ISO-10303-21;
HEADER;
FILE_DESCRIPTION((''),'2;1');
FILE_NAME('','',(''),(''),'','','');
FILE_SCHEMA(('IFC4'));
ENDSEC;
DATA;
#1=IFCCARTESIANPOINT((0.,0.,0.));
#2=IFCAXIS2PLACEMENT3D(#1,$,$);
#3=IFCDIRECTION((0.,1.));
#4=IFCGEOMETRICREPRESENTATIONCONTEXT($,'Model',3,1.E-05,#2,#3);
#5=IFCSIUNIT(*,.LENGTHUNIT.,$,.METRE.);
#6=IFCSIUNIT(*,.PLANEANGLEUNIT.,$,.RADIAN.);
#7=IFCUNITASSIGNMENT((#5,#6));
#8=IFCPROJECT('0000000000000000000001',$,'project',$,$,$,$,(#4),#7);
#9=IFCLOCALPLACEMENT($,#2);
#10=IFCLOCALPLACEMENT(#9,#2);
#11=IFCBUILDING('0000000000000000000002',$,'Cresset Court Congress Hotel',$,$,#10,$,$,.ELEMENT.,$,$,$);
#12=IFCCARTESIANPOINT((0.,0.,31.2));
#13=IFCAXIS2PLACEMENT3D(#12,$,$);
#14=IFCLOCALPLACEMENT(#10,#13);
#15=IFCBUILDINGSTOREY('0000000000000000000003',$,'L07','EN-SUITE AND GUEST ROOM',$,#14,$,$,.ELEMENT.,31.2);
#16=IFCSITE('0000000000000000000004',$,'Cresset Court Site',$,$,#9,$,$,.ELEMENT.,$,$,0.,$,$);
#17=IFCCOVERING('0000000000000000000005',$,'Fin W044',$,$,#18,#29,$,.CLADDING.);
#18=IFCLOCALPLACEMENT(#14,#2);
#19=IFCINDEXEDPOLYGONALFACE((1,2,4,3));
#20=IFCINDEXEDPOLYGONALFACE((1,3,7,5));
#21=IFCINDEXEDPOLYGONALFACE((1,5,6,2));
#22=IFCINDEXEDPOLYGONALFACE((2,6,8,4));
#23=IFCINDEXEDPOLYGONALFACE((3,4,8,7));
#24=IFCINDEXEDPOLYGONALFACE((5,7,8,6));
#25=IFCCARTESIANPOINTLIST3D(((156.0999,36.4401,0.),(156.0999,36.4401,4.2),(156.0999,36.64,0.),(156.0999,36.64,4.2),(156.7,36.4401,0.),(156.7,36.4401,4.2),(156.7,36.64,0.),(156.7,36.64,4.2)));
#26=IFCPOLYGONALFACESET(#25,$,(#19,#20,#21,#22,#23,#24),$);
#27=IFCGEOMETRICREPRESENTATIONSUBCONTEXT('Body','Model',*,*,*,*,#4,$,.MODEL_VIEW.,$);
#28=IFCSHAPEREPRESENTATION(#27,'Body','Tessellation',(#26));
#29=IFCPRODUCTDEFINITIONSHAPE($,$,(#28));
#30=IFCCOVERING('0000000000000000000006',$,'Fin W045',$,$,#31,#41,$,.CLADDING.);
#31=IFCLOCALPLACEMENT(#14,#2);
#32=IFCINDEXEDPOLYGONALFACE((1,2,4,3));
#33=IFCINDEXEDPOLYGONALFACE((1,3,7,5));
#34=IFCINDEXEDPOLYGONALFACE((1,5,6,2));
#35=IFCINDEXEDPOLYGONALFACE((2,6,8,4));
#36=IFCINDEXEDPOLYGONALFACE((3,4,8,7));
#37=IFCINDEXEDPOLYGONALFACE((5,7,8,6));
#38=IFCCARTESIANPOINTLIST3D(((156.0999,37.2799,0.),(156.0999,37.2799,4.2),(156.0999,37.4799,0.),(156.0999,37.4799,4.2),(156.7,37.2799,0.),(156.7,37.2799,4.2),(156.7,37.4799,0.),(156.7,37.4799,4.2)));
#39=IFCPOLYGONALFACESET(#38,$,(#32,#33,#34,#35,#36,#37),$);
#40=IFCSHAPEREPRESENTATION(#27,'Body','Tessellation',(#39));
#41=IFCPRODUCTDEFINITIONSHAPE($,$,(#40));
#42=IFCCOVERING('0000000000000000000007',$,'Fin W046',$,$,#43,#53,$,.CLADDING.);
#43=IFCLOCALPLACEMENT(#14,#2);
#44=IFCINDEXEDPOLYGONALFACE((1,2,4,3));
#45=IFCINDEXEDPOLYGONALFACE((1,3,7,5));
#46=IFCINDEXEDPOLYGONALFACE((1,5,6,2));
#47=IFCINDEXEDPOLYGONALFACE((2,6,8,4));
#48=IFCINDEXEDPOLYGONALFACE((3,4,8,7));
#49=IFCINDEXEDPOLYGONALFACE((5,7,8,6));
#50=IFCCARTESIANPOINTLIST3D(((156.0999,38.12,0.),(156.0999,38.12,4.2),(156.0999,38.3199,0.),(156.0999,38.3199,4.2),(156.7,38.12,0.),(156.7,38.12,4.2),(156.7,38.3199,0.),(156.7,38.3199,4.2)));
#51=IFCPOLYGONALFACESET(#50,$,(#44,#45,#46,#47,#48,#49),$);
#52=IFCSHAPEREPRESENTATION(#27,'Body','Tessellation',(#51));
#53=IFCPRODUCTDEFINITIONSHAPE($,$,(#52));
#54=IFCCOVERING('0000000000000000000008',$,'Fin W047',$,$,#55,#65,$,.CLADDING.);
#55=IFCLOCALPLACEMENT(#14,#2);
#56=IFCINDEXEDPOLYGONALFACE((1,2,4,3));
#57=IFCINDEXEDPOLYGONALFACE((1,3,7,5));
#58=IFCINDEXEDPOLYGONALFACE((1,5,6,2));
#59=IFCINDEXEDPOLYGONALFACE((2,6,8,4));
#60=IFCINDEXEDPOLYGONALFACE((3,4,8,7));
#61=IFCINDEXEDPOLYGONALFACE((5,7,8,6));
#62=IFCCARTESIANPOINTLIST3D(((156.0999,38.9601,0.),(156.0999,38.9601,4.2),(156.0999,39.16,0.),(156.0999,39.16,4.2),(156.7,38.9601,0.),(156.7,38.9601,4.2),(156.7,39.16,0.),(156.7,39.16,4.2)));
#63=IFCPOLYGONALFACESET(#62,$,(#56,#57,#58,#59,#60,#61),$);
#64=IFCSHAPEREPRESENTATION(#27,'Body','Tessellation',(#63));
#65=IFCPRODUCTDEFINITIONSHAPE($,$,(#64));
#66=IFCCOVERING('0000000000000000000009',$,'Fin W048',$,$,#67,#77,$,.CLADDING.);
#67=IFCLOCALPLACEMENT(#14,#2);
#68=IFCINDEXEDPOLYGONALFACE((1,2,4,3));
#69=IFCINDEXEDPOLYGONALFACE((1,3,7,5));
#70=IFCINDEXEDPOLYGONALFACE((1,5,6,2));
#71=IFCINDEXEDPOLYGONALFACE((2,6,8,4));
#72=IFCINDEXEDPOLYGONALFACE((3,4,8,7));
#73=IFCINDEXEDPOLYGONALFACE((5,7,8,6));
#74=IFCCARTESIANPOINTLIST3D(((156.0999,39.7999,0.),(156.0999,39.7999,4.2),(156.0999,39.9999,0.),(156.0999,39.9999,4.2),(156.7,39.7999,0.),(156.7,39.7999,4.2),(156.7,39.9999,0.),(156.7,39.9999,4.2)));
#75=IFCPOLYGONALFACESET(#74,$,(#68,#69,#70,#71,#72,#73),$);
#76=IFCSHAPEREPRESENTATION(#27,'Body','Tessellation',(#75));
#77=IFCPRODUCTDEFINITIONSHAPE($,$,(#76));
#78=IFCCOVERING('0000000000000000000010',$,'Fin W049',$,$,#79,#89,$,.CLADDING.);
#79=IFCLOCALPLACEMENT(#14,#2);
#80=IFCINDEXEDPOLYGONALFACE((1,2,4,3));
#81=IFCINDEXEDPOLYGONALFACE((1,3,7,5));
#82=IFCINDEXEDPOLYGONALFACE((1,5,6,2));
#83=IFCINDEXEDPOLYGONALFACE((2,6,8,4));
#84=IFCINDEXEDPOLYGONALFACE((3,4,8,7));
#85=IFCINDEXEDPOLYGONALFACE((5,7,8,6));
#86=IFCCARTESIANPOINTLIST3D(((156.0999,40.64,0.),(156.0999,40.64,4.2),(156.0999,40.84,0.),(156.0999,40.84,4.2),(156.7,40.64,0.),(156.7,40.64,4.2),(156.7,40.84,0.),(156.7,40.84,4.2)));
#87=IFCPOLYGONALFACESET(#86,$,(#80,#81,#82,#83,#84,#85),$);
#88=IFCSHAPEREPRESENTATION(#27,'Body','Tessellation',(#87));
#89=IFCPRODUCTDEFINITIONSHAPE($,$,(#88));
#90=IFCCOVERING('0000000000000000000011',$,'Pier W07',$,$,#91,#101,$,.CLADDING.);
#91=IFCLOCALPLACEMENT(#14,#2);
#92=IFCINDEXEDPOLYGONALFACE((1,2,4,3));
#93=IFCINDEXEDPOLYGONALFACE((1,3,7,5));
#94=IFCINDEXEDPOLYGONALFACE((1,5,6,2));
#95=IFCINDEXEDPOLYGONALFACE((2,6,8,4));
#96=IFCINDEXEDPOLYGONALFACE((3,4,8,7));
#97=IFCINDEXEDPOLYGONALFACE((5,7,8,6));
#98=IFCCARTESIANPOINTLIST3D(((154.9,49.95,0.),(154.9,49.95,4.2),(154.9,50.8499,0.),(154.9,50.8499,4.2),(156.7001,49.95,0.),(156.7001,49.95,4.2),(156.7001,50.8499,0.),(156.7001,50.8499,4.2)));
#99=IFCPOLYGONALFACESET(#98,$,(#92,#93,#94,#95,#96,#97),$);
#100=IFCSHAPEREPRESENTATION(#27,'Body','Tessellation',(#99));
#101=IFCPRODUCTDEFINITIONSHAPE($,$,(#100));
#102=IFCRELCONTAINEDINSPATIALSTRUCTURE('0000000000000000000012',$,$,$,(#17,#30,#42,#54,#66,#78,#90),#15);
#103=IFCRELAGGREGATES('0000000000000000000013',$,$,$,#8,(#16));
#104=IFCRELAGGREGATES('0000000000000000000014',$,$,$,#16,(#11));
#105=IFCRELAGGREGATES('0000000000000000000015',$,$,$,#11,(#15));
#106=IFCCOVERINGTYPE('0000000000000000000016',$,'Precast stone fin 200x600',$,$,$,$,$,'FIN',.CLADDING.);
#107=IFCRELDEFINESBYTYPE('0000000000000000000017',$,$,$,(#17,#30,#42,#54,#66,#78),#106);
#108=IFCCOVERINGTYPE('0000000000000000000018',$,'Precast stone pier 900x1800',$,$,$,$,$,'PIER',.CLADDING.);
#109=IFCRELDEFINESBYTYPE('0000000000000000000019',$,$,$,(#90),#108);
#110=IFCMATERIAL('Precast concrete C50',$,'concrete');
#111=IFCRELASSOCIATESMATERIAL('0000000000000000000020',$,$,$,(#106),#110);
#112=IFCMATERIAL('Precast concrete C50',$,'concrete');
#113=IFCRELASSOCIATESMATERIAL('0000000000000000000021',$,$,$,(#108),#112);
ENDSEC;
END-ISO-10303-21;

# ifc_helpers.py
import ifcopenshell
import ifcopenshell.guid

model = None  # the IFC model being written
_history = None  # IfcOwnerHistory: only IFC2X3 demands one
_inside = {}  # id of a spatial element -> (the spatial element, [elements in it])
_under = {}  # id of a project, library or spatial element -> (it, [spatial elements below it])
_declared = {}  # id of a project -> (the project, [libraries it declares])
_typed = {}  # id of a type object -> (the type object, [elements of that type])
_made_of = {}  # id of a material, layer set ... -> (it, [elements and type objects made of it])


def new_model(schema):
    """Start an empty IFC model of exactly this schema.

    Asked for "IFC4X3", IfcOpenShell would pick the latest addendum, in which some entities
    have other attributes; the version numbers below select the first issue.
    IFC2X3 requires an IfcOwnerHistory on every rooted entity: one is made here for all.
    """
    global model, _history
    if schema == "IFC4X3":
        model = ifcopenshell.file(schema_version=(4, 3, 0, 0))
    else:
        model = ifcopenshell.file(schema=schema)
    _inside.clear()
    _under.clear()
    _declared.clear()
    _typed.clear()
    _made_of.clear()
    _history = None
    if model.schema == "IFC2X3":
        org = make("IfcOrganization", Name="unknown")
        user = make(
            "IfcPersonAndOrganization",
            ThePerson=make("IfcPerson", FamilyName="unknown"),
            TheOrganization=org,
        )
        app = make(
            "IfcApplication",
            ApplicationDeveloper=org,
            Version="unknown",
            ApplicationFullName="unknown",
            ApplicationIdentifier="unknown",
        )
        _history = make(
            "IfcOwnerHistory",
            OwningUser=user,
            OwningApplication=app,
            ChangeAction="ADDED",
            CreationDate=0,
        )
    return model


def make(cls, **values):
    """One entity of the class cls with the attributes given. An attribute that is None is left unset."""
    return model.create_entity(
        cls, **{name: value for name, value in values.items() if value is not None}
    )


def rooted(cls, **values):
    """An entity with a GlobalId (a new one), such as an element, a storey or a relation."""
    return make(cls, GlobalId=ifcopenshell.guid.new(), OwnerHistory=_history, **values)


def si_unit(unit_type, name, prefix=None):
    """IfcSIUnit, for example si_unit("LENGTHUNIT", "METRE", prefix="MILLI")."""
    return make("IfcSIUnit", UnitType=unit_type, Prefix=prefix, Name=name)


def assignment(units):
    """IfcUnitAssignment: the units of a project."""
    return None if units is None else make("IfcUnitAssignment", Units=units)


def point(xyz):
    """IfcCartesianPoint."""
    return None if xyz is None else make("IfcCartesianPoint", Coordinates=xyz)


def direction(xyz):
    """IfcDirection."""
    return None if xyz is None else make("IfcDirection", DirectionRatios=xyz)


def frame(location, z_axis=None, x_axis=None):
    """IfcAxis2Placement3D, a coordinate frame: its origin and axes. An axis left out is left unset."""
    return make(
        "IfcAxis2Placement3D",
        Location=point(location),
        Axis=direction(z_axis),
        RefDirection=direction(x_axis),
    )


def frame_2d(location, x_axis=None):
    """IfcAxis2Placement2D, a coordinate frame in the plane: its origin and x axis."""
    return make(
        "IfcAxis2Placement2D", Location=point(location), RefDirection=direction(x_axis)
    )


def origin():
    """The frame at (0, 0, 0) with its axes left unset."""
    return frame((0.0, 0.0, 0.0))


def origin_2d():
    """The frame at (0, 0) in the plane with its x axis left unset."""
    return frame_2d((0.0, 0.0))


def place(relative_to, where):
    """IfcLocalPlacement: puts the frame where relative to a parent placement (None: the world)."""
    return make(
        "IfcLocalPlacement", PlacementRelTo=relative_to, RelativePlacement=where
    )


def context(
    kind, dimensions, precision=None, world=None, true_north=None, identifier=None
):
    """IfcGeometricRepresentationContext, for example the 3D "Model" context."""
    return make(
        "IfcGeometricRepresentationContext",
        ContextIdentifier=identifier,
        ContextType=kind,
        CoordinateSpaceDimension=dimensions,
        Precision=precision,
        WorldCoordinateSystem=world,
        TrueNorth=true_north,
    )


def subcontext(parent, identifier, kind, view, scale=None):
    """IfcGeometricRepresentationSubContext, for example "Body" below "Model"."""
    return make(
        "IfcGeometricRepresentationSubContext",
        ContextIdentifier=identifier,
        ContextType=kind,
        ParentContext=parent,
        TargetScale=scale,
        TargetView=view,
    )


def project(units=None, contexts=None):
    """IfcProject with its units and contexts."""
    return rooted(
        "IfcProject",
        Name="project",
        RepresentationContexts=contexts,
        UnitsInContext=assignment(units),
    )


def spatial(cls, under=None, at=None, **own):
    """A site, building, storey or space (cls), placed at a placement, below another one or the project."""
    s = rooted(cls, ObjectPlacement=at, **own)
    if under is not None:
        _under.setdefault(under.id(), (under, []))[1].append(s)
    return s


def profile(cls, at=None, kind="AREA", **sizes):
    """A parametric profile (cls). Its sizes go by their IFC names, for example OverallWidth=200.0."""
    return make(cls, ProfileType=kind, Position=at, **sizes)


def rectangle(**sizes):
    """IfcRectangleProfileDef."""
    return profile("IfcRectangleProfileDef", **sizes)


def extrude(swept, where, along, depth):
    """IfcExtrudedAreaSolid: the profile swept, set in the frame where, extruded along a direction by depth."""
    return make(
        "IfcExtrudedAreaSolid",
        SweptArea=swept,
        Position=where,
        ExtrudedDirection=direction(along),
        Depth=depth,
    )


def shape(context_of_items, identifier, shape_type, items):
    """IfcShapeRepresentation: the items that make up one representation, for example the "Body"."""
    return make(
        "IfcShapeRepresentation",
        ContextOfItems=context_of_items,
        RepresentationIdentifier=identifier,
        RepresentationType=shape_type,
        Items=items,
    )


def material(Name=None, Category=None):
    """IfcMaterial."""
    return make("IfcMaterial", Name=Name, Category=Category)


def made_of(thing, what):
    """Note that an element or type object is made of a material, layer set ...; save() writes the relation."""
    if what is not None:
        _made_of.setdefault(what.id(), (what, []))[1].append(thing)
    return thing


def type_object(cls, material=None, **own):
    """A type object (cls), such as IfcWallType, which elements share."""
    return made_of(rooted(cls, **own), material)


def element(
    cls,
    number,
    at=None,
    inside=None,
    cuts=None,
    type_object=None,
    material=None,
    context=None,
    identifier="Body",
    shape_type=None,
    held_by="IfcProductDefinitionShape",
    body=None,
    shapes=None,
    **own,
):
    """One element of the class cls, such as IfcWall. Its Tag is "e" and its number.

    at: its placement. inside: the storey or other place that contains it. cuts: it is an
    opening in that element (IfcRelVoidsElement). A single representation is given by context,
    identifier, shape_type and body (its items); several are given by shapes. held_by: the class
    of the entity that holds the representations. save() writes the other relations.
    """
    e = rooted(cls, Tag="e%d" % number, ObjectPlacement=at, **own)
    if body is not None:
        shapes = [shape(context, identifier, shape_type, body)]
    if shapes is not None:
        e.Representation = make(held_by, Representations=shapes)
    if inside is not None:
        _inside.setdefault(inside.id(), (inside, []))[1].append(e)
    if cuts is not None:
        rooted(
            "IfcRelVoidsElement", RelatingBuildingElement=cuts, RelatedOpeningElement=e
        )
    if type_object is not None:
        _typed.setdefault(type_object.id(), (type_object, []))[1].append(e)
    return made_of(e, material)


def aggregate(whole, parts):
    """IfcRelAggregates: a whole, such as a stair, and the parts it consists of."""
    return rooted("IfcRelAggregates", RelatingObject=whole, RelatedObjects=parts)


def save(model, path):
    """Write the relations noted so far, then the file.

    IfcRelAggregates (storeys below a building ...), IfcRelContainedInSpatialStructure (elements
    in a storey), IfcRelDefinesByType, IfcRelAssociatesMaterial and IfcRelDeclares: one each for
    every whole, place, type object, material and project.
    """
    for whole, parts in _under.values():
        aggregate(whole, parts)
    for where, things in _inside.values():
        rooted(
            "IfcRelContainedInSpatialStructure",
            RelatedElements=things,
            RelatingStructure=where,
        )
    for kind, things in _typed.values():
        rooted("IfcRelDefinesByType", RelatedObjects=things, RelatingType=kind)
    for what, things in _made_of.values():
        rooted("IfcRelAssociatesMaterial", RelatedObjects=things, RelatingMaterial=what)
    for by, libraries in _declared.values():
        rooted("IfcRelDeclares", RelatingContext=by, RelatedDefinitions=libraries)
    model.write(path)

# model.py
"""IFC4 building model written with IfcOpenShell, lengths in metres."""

from ifc_helpers import new_model, si_unit, direction, frame, origin, origin_2d, place, context, subcontext, project, spatial, rectangle, extrude, material, type_object, element, save


model = new_model("IFC4")

# Units and contexts
model_context = context("Model", 3, precision=1e-05, world=origin(), true_north=direction((0.0, 1.0)))
body_context = subcontext(model_context, "Body", "Model", "MODEL_VIEW")
ifc_project = project(units=[si_unit("LENGTHUNIT", "METRE"), si_unit("PLANEANGLEUNIT", "RADIAN")], contexts=[model_context])

# Site, building, storey
site_placement = place(None, origin())
site = spatial("IfcSite", under=ifc_project, at=site_placement, Name="Cresset Court Site", CompositionType="ELEMENT", RefElevation=0.0)
building_placement = place(site_placement, origin())
building = spatial("IfcBuilding", under=site, at=building_placement, Name="Cresset Court Congress Hotel", CompositionType="ELEMENT")
storey_placement = place(building_placement, frame((0.0, 0.0, 31.2)))
storey = spatial("IfcBuildingStorey", under=building, at=storey_placement, Name="L07", Description="EN-SUITE AND GUEST ROOM", CompositionType="ELEMENT", Elevation=31.2)

# Coverings
ifc_material_1 = material(Name="Precast concrete C50", Category="concrete")
covering_type_1 = type_object("IfcCoveringType", Name="Precast stone fin 200x600", ElementType="FIN", PredefinedType="CLADDING", material=ifc_material_1)
for number, where, z_axis, x_axis, name in (
    (1, (156.3999, 36.54, 0.0), (0.0, 0.0, 1.0), (1.0, 0.0, 0.0), "Fin W044"),
    (2, (156.3999, 37.3799, 0.0), (0.0, 0.0, 1.0), (1.0, 0.0, 0.0), "Fin W045"),
    (3, (156.3999, 38.22, 0.0), (0.0, 0.0, 1.0), (1.0, 0.0, 0.0), "Fin W046"),
    (4, (156.3999, 39.0601, 0.0), (0.0, 0.0, 1.0), (1.0, 0.0, 0.0), "Fin W047"),
    (5, (156.3999, 39.8999, 0.0), (0.0, 0.0, 1.0), (1.0, 0.0, 0.0), "Fin W048"),
    (6, (156.3999, 40.74, 0.0), (0.0, 0.0, 1.0), (1.0, 0.0, 0.0), "Fin W049"),
):
    element("IfcCovering", number, at=place(storey_placement, frame(where, z_axis=z_axis, x_axis=x_axis)), inside=storey, type_object=covering_type_1, Name=name, PredefinedType="CLADDING", context=body_context, shape_type="SweptSolid", body=[
        extrude(rectangle(XDim=0.6001, YDim=0.2, at=origin_2d()), origin(), (0.0, 0.0, 1.0), 4.2),
    ])
ifc_material_2 = material(Name="Precast concrete C50", Category="concrete")
covering_type_2 = type_object("IfcCoveringType", Name="Precast stone pier 900x1800", ElementType="PIER", PredefinedType="CLADDING", material=ifc_material_2)
covering_placement = place(storey_placement, frame((155.8, 50.3999, 0.0), z_axis=(0.0, 0.0, 1.0), x_axis=(1.0, 0.0, 0.0)))
element("IfcCovering", 7, at=covering_placement, inside=storey, type_object=covering_type_2, Name="Pier W07", PredefinedType="CLADDING", context=body_context, shape_type="SweptSolid", body=[
    extrude(rectangle(XDim=1.8, YDim=0.8999, at=origin_2d()), origin(), (0.0, 0.0, 1.0), 4.2),
])

save(model, "model.ifc")
